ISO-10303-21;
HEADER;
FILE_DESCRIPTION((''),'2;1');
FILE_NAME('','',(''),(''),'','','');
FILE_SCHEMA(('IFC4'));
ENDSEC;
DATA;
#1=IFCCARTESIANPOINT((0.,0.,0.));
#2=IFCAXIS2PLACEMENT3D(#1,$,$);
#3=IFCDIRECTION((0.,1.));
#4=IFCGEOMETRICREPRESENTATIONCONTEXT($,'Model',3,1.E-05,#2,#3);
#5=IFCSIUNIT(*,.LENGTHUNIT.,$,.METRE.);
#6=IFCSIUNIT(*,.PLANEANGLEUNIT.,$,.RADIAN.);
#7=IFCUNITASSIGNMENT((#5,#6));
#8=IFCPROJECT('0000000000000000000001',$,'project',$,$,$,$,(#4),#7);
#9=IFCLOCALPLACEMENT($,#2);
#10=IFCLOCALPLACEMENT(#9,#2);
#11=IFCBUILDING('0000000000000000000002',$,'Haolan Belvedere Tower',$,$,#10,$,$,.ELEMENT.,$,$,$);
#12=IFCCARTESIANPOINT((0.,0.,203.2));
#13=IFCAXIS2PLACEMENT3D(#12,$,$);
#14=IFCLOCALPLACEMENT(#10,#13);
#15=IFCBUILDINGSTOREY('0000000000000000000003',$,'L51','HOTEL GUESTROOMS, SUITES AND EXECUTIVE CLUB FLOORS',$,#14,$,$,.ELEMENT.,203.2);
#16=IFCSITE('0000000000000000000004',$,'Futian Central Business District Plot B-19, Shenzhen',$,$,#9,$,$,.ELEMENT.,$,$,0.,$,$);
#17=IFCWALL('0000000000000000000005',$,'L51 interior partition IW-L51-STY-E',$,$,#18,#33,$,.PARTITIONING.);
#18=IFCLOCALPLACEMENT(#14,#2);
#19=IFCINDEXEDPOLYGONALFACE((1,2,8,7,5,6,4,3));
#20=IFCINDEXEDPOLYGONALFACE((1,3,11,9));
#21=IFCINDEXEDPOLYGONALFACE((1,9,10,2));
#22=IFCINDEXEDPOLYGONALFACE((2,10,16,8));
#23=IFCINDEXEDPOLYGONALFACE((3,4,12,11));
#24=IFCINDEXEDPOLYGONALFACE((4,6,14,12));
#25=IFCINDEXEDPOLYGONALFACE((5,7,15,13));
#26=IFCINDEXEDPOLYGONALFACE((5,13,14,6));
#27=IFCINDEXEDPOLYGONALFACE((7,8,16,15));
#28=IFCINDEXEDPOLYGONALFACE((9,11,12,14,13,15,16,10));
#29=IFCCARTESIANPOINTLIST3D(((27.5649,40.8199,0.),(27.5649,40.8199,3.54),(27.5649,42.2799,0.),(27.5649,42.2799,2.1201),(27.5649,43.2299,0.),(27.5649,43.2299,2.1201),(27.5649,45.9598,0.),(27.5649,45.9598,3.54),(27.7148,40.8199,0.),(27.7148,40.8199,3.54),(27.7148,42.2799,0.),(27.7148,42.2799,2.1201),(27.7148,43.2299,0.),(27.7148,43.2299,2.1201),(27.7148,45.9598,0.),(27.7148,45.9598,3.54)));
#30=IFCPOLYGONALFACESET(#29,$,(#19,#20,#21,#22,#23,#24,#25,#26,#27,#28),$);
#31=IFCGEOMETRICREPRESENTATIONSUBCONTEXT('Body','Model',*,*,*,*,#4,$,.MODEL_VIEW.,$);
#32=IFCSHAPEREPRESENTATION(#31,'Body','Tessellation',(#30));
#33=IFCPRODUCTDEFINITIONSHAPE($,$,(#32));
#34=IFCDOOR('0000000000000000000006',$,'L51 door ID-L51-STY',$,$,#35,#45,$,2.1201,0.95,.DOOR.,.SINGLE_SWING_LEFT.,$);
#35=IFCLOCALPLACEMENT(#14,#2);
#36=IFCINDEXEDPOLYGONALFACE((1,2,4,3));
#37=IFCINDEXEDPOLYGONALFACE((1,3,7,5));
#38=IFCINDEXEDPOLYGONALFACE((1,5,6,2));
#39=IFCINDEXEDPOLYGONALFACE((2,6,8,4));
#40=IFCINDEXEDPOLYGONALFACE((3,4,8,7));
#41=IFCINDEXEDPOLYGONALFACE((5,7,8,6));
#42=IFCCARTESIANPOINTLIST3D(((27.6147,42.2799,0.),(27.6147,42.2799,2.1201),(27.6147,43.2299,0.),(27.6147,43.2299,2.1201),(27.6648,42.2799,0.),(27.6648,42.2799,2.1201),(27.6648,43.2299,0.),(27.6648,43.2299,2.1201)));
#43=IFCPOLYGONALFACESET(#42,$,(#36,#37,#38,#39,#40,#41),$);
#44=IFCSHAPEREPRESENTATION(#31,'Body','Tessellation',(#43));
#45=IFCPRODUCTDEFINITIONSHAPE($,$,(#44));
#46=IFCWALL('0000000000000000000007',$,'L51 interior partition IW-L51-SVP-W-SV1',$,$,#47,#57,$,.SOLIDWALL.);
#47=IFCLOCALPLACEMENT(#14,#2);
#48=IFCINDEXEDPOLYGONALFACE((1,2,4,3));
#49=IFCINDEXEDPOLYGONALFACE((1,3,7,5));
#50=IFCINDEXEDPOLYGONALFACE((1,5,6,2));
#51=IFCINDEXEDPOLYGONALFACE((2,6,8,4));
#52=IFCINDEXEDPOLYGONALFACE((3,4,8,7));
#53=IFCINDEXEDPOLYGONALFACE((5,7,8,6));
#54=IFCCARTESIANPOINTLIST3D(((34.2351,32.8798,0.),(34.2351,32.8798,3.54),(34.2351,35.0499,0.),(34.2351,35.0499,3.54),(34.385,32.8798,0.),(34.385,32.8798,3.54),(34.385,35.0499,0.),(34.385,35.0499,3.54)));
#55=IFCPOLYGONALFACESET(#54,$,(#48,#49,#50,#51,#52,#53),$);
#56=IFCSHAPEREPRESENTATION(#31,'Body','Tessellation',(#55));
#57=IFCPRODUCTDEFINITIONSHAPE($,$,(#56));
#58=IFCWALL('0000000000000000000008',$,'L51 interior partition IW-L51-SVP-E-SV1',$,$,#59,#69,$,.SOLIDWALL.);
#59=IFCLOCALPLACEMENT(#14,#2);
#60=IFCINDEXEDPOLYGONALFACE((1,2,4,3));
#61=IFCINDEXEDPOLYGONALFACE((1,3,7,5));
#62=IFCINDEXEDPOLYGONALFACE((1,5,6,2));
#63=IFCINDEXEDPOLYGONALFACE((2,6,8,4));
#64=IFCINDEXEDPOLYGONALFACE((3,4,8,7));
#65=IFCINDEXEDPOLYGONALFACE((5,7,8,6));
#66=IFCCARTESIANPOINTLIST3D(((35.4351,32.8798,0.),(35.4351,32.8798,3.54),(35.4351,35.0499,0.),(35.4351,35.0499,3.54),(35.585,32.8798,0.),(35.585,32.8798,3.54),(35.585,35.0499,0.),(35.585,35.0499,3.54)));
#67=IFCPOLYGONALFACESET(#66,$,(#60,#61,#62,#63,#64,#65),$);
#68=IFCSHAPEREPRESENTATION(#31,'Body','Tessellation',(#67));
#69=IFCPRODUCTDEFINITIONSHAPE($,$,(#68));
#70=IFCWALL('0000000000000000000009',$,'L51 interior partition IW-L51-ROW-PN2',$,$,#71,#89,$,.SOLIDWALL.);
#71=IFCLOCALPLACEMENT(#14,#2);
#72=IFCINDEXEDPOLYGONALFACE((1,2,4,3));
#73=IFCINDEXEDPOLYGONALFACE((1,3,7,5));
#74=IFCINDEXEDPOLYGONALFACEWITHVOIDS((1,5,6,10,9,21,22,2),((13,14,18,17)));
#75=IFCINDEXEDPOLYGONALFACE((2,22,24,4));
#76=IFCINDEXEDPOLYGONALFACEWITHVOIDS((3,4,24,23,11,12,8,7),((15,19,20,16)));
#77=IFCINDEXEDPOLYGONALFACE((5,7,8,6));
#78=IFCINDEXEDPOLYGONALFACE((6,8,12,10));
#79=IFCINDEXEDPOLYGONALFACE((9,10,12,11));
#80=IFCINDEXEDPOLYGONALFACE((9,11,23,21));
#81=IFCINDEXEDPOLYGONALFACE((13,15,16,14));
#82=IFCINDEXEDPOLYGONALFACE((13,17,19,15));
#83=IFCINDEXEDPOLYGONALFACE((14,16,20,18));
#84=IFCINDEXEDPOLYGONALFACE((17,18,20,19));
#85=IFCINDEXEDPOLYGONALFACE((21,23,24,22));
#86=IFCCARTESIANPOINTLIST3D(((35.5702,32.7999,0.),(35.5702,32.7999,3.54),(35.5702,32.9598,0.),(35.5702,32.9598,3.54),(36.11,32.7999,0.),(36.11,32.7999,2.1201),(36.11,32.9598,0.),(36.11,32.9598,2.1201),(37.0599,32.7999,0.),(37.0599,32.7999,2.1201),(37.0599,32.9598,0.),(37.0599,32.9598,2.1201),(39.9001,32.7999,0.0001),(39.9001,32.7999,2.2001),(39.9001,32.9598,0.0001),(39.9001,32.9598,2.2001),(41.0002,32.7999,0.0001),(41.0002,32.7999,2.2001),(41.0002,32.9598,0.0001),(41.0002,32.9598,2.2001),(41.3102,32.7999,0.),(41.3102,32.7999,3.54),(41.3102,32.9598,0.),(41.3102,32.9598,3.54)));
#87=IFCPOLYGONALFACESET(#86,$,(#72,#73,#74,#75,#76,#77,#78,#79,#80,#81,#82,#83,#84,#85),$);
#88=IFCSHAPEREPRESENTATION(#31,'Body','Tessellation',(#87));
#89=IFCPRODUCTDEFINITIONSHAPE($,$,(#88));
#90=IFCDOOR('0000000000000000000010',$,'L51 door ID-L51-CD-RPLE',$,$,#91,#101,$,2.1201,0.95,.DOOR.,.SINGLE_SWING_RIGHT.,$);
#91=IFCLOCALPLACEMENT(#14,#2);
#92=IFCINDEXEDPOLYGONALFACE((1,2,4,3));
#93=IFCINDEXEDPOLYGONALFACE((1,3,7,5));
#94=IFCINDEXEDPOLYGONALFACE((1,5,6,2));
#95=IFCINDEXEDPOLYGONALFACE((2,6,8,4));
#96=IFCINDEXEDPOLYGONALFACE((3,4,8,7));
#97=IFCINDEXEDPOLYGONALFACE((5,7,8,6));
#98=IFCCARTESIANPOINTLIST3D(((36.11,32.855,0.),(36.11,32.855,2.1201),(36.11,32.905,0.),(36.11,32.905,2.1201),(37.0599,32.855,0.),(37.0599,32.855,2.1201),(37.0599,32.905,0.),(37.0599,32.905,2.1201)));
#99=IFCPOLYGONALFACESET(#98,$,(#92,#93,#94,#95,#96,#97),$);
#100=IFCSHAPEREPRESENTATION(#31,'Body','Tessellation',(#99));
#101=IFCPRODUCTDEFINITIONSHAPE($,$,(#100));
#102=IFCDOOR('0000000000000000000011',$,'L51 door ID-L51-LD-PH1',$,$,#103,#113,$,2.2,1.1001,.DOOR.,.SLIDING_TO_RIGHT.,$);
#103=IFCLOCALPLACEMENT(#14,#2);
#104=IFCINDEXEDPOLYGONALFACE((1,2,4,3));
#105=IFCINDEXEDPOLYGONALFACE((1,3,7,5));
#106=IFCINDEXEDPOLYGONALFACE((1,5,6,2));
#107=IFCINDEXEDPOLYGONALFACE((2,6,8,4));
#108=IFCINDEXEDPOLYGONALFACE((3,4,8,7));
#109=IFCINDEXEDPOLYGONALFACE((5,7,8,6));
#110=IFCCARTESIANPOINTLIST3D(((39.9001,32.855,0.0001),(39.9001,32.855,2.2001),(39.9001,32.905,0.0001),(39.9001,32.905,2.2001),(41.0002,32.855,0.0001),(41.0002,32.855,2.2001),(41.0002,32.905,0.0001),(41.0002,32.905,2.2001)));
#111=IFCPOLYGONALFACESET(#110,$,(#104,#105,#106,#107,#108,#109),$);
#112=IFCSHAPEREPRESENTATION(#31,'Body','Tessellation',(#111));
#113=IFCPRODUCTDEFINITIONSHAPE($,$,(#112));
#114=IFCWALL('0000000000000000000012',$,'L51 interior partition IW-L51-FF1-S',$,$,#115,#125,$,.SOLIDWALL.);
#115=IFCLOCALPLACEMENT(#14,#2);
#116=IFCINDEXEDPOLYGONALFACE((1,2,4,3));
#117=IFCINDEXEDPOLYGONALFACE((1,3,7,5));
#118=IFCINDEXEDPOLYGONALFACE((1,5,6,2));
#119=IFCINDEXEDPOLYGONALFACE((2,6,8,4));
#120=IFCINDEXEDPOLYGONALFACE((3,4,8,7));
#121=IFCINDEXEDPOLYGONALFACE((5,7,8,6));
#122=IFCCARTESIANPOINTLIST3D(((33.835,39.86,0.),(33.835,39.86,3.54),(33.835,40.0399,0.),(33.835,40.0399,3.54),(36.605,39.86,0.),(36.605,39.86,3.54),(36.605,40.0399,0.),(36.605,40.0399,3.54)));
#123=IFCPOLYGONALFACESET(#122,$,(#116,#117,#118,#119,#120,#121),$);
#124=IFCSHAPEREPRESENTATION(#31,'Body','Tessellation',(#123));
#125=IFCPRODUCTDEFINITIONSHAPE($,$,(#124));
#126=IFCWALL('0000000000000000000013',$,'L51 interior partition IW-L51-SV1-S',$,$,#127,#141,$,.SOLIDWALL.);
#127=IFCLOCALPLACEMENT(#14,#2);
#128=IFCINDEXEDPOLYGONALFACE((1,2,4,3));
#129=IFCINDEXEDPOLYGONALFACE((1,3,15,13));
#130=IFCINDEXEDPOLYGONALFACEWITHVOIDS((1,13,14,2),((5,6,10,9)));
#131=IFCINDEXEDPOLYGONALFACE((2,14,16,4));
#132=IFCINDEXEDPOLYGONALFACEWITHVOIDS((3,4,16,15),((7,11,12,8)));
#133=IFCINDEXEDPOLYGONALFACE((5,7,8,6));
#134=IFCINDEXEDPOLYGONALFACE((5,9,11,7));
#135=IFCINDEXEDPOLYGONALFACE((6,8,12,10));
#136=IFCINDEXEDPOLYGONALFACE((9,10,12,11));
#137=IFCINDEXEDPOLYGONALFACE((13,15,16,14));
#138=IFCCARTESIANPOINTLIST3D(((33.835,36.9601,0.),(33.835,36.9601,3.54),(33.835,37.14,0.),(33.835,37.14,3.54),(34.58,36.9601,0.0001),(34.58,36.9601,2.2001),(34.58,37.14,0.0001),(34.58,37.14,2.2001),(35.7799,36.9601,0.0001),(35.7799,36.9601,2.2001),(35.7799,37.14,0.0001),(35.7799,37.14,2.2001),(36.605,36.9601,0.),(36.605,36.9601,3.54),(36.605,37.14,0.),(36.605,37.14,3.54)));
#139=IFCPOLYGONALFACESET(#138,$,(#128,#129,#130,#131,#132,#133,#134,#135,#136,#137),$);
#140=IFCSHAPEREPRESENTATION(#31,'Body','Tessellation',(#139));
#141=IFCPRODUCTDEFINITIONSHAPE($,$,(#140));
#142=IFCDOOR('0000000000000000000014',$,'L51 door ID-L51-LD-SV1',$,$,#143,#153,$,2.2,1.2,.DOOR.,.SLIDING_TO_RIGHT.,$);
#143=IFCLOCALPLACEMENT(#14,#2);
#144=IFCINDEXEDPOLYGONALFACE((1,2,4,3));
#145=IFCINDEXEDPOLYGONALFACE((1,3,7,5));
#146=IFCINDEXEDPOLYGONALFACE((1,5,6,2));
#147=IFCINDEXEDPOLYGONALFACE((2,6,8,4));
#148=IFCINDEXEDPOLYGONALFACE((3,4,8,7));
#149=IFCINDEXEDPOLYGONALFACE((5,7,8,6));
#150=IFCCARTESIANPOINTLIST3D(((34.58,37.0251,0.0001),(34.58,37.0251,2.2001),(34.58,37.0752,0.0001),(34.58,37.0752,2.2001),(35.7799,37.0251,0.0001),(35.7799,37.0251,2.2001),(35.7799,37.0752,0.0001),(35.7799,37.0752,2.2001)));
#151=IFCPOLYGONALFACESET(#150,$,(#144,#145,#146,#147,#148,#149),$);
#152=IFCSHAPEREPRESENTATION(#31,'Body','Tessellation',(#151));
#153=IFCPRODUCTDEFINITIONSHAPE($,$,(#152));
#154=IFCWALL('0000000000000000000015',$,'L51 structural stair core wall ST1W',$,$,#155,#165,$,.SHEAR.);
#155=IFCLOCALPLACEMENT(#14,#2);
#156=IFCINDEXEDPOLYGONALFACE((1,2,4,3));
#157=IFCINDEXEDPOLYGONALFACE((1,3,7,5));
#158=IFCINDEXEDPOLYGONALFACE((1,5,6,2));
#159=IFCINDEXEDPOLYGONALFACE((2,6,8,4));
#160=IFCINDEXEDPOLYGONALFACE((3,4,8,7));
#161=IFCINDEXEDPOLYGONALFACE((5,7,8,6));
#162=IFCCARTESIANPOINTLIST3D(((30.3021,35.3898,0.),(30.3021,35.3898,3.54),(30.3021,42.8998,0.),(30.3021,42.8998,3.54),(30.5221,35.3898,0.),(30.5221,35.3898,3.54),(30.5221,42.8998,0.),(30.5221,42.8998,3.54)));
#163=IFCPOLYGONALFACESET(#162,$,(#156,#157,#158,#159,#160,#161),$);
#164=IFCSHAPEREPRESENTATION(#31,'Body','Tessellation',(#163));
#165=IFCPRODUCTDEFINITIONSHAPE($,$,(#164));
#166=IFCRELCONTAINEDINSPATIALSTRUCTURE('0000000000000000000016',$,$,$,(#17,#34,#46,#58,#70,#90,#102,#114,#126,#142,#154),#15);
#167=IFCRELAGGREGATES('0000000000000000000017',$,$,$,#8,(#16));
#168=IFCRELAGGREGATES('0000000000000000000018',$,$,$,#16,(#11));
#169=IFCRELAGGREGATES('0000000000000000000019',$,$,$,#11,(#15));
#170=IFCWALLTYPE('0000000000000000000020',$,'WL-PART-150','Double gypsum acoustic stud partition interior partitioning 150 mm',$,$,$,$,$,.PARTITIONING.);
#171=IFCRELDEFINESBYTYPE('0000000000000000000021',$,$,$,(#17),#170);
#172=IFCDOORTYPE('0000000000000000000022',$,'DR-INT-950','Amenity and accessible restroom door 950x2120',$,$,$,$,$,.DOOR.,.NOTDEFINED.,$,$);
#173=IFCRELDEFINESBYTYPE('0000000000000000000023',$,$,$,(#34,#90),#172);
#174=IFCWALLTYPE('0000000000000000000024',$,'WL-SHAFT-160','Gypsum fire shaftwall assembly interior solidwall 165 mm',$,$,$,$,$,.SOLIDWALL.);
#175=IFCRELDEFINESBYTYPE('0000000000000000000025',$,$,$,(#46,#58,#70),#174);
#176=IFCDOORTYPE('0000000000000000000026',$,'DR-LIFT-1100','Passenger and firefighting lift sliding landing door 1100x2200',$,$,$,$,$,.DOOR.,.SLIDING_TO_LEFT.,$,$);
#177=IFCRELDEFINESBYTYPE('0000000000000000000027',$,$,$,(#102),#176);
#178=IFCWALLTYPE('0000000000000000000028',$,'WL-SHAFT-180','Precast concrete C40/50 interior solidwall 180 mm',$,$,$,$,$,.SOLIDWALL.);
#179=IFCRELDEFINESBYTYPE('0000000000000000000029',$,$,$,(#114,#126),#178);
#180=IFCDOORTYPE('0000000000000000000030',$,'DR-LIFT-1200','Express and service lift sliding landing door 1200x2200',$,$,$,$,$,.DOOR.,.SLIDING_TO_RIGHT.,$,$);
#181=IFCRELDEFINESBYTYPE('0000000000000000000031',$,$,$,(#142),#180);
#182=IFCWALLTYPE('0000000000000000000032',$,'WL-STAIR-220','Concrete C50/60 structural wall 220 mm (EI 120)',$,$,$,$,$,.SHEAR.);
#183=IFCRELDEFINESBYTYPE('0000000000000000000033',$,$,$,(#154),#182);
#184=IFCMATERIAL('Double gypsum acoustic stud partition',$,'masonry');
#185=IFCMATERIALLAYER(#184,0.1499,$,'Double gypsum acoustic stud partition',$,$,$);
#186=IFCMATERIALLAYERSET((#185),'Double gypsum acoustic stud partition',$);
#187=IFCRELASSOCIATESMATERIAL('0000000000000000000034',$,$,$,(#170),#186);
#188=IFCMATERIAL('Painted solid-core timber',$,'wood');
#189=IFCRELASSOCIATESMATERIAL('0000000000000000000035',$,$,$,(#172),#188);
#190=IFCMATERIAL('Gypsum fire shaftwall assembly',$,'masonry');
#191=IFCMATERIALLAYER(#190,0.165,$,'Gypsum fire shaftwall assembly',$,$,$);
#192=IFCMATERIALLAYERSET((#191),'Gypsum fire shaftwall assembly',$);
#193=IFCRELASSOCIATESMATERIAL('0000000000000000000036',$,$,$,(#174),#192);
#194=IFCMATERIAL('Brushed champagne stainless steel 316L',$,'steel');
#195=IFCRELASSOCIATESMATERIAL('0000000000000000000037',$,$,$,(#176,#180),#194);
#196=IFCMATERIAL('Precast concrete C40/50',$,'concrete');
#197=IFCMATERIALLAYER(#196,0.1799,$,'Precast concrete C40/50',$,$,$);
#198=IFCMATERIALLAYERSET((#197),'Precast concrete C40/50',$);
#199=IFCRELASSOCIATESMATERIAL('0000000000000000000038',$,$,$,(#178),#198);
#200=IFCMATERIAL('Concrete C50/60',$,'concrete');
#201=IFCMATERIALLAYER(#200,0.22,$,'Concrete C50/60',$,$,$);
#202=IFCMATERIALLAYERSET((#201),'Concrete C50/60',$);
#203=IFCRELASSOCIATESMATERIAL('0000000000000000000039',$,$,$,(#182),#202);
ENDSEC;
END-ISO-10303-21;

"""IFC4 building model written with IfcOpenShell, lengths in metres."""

from ifc_helpers import new_model, si_unit, direction, frame, frame_2d, origin, place, context, subcontext, project, spatial, rectangle, extrude, material, layer, layer_set, type_object, element, fill, save


model = new_model("IFC4")

# Units and contexts
model_context = context("Model", 3, precision=1e-05, world=origin(), true_north=direction((0.0, 1.0)))
body_context = subcontext(model_context, "Body", "Model", "MODEL_VIEW")
ifc_project = project(units=[si_unit("LENGTHUNIT", "METRE"), si_unit("PLANEANGLEUNIT", "RADIAN")], contexts=[model_context])

# Site, building, storey
site_placement = place(None, origin())
site = spatial("IfcSite", under=ifc_project, at=site_placement, Name="Futian Central Business District Plot B-19, Shenzhen", CompositionType="ELEMENT", RefElevation=0.0)
building_placement = place(site_placement, origin())
building = spatial("IfcBuilding", under=site, at=building_placement, Name="Haolan Belvedere Tower", CompositionType="ELEMENT")
storey_placement = place(building_placement, frame((0.0, 0.0, 203.2)))
storey = spatial("IfcBuildingStorey", under=building, at=storey_placement, Name="L51", Description="HOTEL GUESTROOMS, SUITES AND EXECUTIVE CLUB FLOORS", CompositionType="ELEMENT", Elevation=203.2)

# Wall, opening, door
ifc_material_1 = material(Name="Double gypsum acoustic stud partition", Category="masonry")
ifc_layer_1 = layer(ifc_material_1, 0.1499, Name="Double gypsum acoustic stud partition")
ifc_layer_set_1 = layer_set([ifc_layer_1], Name="Double gypsum acoustic stud partition")
wall_type_1 = type_object("IfcWallType", Name="WL-PART-150", Description="Double gypsum acoustic stud partition interior partitioning 150 mm", PredefinedType="PARTITIONING", material=ifc_layer_set_1)
ifc_material_2 = material(Name="Painted solid-core timber", Category="wood")
door_type_1 = type_object("IfcDoorType", Name="DR-INT-950", Description="Amenity and accessible restroom door 950x2120", OperationType="NOTDEFINED", PredefinedType="DOOR", material=ifc_material_2)
wall_1_placement = place(storey_placement, frame((27.6399, 40.8201, 0.0), z_axis=(0.0, 0.0, 1.0), x_axis=(0.0, 1.0, 0.0)))
wall_1 = element("IfcWall", 1, at=wall_1_placement, inside=storey, type_object=wall_type_1, Name="L51 interior partition IW-L51-STY-E", PredefinedType="PARTITIONING", context=body_context, shape_type="SweptSolid", body=[
    extrude(rectangle(XDim=5.1399, YDim=0.1499, at=frame_2d((2.5698, 0.0))), origin(), (0.0, 0.0, 1.0), 3.54),
])
opening_1_placement = place(wall_1_placement, frame((2.4099, 0.0, 0.0), z_axis=(0.0, 0.0, 1.0), x_axis=(-1.0, 0.0, 0.0)))
opening_1 = element("IfcOpeningElement", 2, at=opening_1_placement, cuts=wall_1, PredefinedType="OPENING", context=body_context, shape_type="SweptSolid", body=[
    extrude(rectangle(XDim=0.95, YDim=2.1201, at=frame_2d((0.4751, 1.0601))), frame((0.0, 0.085, 0.0), z_axis=(0.0, -1.0, 0.0), x_axis=(1.0, 0.0, 0.0)), (0.0, 0.0, 1.0), 0.1699),
])
door_1_placement = place(opening_1_placement, origin())
door_1 = element("IfcDoor", 3, at=door_1_placement, inside=storey, type_object=door_type_1, Name="L51 door ID-L51-STY", OperationType="SINGLE_SWING_LEFT", OverallHeight=2.1201, OverallWidth=0.95, PredefinedType="DOOR", context=body_context, shape_type="SweptSolid", body=[
    extrude(rectangle(XDim=0.95, YDim=2.1201, at=frame_2d((0.4751, 1.0601))), frame((0.0, 0.0249, 0.0), z_axis=(0.0, -1.0, 0.0), x_axis=(1.0, 0.0, 0.0)), (0.0, 0.0, 1.0), 0.05),
])
fill(opening_1, door_1)

# Walls
ifc_material_3 = material(Name="Gypsum fire shaftwall assembly", Category="masonry")
ifc_layer_2 = layer(ifc_material_3, 0.165, Name="Gypsum fire shaftwall assembly")
ifc_layer_set_2 = layer_set([ifc_layer_2], Name="Gypsum fire shaftwall assembly")
wall_type_2 = type_object("IfcWallType", Name="WL-SHAFT-160", Description="Gypsum fire shaftwall assembly interior solidwall 165 mm", PredefinedType="SOLIDWALL", material=ifc_layer_set_2)
for number, where, z_axis, x_axis, name in (
    (4, (34.3101, 32.8799, 0.0), (0.0, 0.0, 1.0), (0.0, 1.0, 0.0), "L51 interior partition IW-L51-SVP-W-SV1"),
    (5, (35.51, 32.8799, 0.0), (0.0, 0.0, 1.0), (0.0, 1.0, 0.0), "L51 interior partition IW-L51-SVP-E-SV1"),
):
    element("IfcWall", number, at=place(storey_placement, frame(where, z_axis=z_axis, x_axis=x_axis)), inside=storey, type_object=wall_type_2, Name=name, PredefinedType="SOLIDWALL", context=body_context, shape_type="SweptSolid", body=[
        extrude(rectangle(XDim=2.1702, YDim=0.1499, at=frame_2d((1.085, 0.0))), origin(), (0.0, 0.0, 1.0), 3.54),
    ])

# Wall, openings, doors
wall_2_placement = place(storey_placement, frame((35.5701, 32.8799, 0.0), z_axis=(0.0, 0.0, 1.0), x_axis=(1.0, 0.0, 0.0)))
wall_2 = element("IfcWall", 6, at=wall_2_placement, inside=storey, type_object=wall_type_2, Name="L51 interior partition IW-L51-ROW-PN2", PredefinedType="SOLIDWALL", context=body_context, shape_type="SweptSolid", body=[
    extrude(rectangle(XDim=5.74, YDim=0.1599, at=frame_2d((2.8701, 0.0))), origin(), (0.0, 0.0, 1.0), 3.54),
])
opening_2_placement = place(wall_2_placement, frame((1.49, 0.0, 0.0), z_axis=(0.0, 0.0, 1.0), x_axis=(-1.0, 0.0, 0.0)))
opening_2 = element("IfcOpeningElement", 7, at=opening_2_placement, cuts=wall_2, PredefinedType="OPENING", context=body_context, shape_type="SweptSolid", body=[
    extrude(rectangle(XDim=0.95, YDim=2.1201, at=frame_2d((0.4751, 1.0601))), frame((0.0, 0.0898, 0.0), z_axis=(0.0, -1.0, 0.0), x_axis=(1.0, 0.0, 0.0)), (0.0, 0.0, 1.0), 0.1799),
])
opening_3_placement = place(wall_2_placement, frame((5.4302, 0.0, 0.0), z_axis=(0.0, 0.0, 1.0), x_axis=(-1.0, 0.0, 0.0)))
opening_3 = element("IfcOpeningElement", 8, at=opening_3_placement, cuts=wall_2, PredefinedType="OPENING", context=body_context, shape_type="SweptSolid", body=[
    extrude(rectangle(XDim=1.1001, YDim=2.2, at=frame_2d((0.55, 1.1001))), frame((0.0, 0.0898, 0.0), z_axis=(0.0, -1.0, 0.0), x_axis=(1.0, 0.0, 0.0)), (0.0, 0.0, 1.0), 0.1799),
])
door_2_placement = place(opening_2_placement, origin())
door_2 = element("IfcDoor", 9, at=door_2_placement, inside=storey, type_object=door_type_1, Name="L51 door ID-L51-CD-RPLE", OperationType="SINGLE_SWING_RIGHT", OverallHeight=2.1201, OverallWidth=0.95, PredefinedType="DOOR", context=body_context, shape_type="SweptSolid", body=[
    extrude(rectangle(XDim=0.95, YDim=2.1201, at=frame_2d((0.4751, 1.0601))), frame((0.0, 0.0249, 0.0), z_axis=(0.0, -1.0, 0.0), x_axis=(1.0, 0.0, 0.0)), (0.0, 0.0, 1.0), 0.05),
])
fill(opening_2, door_2)
ifc_material_4 = material(Name="Brushed champagne stainless steel 316L", Category="steel")
door_type_2 = type_object("IfcDoorType", Name="DR-LIFT-1100", Description="Passenger and firefighting lift sliding landing door 1100x2200", OperationType="SLIDING_TO_LEFT", PredefinedType="DOOR", material=ifc_material_4)
door_3_placement = place(opening_3_placement, origin())
door_3 = element("IfcDoor", 10, at=door_3_placement, inside=storey, type_object=door_type_2, Name="L51 door ID-L51-LD-PH1", OperationType="SLIDING_TO_RIGHT", OverallHeight=2.2, OverallWidth=1.1001, PredefinedType="DOOR", context=body_context, shape_type="SweptSolid", body=[
    extrude(rectangle(XDim=1.1001, YDim=2.2, at=frame_2d((0.55, 1.1001))), frame((0.0, 0.0249, 0.0), z_axis=(0.0, -1.0, 0.0), x_axis=(1.0, 0.0, 0.0)), (0.0, 0.0, 1.0), 0.05),
])
fill(opening_3, door_3)

# Wall
ifc_material_5 = material(Name="Precast concrete C40/50", Category="concrete")
ifc_layer_3 = layer(ifc_material_5, 0.1799, Name="Precast concrete C40/50")
ifc_layer_set_3 = layer_set([ifc_layer_3], Name="Precast concrete C40/50")
wall_type_3 = type_object("IfcWallType", Name="WL-SHAFT-180", Description="Precast concrete C40/50 interior solidwall 180 mm", PredefinedType="SOLIDWALL", material=ifc_layer_set_3)
wall_3_placement = place(storey_placement, frame((33.835, 39.95, 0.0), z_axis=(0.0, 0.0, 1.0), x_axis=(1.0, 0.0, 0.0)))
element("IfcWall", 11, at=wall_3_placement, inside=storey, type_object=wall_type_3, Name="L51 interior partition IW-L51-FF1-S", PredefinedType="SOLIDWALL", context=body_context, shape_type="SweptSolid", body=[
    extrude(rectangle(XDim=2.77, YDim=0.1799, at=frame_2d((1.385, 0.0))), origin(), (0.0, 0.0, 1.0), 3.54),
])

# Wall, opening, door
wall_4_placement = place(storey_placement, frame((33.835, 37.05, 0.0), z_axis=(0.0, 0.0, 1.0), x_axis=(1.0, 0.0, 0.0)))
wall_4 = element("IfcWall", 12, at=wall_4_placement, inside=storey, type_object=wall_type_3, Name="L51 interior partition IW-L51-SV1-S", PredefinedType="SOLIDWALL", context=body_context, shape_type="SweptSolid", body=[
    extrude(rectangle(XDim=2.77, YDim=0.1799, at=frame_2d((1.385, 0.0))), origin(), (0.0, 0.0, 1.0), 3.54),
])
opening_4_placement = place(wall_4_placement, frame((1.9451, 0.0, 0.0), z_axis=(0.0, 0.0, 1.0), x_axis=(-1.0, 0.0, 0.0)))
opening_4 = element("IfcOpeningElement", 13, at=opening_4_placement, cuts=wall_4, PredefinedType="OPENING", context=body_context, shape_type="SweptSolid", body=[
    extrude(rectangle(XDim=1.2, YDim=2.2, at=frame_2d((0.6001, 1.1001))), frame((0.0, 0.0999, 0.0), z_axis=(0.0, -1.0, 0.0), x_axis=(1.0, 0.0, 0.0)), (0.0, 0.0, 1.0), 0.2),
])
door_type_3 = type_object("IfcDoorType", Name="DR-LIFT-1200", Description="Express and service lift sliding landing door 1200x2200", OperationType="SLIDING_TO_RIGHT", PredefinedType="DOOR", material=ifc_material_4)
door_4_placement = place(opening_4_placement, origin())
door_4 = element("IfcDoor", 14, at=door_4_placement, inside=storey, type_object=door_type_3, Name="L51 door ID-L51-LD-SV1", OperationType="SLIDING_TO_RIGHT", OverallHeight=2.2, OverallWidth=1.2, PredefinedType="DOOR", context=body_context, shape_type="SweptSolid", body=[
    extrude(rectangle(XDim=1.2, YDim=2.2, at=frame_2d((0.6001, 1.1001))), frame((0.0, 0.0249, 0.0), z_axis=(0.0, -1.0, 0.0), x_axis=(1.0, 0.0, 0.0)), (0.0, 0.0, 1.0), 0.05),
])
fill(opening_4, door_4)

# Wall
ifc_material_6 = material(Name="Concrete C50/60", Category="concrete")
ifc_layer_4 = layer(ifc_material_6, 0.22, Name="Concrete C50/60")
ifc_layer_set_4 = layer_set([ifc_layer_4], Name="Concrete C50/60")
wall_type_4 = type_object("IfcWallType", Name="WL-STAIR-220", Description="Concrete C50/60 structural wall 220 mm (EI 120)", PredefinedType="SHEAR", material=ifc_layer_set_4)
for number, where, z_axis, x_axis, name in (
    (15, (30.4121, 35.3899, 0.0), (0.0, 0.0, 1.0), (0.0, 1.0, 0.0), "L51 structural stair core wall ST1W"),
):
    element("IfcWall", number, at=place(storey_placement, frame(where, z_axis=z_axis, x_axis=x_axis)), inside=storey, type_object=wall_type_4, Name=name, PredefinedType="SHEAR", context=body_context, shape_type="SweptSolid", body=[
        extrude(rectangle(XDim=7.51, YDim=0.22, at=frame_2d((3.7549, 0.0))), origin(), (0.0, 0.0, 1.0), 3.54),
    ])

save(model, "model.ifc")
